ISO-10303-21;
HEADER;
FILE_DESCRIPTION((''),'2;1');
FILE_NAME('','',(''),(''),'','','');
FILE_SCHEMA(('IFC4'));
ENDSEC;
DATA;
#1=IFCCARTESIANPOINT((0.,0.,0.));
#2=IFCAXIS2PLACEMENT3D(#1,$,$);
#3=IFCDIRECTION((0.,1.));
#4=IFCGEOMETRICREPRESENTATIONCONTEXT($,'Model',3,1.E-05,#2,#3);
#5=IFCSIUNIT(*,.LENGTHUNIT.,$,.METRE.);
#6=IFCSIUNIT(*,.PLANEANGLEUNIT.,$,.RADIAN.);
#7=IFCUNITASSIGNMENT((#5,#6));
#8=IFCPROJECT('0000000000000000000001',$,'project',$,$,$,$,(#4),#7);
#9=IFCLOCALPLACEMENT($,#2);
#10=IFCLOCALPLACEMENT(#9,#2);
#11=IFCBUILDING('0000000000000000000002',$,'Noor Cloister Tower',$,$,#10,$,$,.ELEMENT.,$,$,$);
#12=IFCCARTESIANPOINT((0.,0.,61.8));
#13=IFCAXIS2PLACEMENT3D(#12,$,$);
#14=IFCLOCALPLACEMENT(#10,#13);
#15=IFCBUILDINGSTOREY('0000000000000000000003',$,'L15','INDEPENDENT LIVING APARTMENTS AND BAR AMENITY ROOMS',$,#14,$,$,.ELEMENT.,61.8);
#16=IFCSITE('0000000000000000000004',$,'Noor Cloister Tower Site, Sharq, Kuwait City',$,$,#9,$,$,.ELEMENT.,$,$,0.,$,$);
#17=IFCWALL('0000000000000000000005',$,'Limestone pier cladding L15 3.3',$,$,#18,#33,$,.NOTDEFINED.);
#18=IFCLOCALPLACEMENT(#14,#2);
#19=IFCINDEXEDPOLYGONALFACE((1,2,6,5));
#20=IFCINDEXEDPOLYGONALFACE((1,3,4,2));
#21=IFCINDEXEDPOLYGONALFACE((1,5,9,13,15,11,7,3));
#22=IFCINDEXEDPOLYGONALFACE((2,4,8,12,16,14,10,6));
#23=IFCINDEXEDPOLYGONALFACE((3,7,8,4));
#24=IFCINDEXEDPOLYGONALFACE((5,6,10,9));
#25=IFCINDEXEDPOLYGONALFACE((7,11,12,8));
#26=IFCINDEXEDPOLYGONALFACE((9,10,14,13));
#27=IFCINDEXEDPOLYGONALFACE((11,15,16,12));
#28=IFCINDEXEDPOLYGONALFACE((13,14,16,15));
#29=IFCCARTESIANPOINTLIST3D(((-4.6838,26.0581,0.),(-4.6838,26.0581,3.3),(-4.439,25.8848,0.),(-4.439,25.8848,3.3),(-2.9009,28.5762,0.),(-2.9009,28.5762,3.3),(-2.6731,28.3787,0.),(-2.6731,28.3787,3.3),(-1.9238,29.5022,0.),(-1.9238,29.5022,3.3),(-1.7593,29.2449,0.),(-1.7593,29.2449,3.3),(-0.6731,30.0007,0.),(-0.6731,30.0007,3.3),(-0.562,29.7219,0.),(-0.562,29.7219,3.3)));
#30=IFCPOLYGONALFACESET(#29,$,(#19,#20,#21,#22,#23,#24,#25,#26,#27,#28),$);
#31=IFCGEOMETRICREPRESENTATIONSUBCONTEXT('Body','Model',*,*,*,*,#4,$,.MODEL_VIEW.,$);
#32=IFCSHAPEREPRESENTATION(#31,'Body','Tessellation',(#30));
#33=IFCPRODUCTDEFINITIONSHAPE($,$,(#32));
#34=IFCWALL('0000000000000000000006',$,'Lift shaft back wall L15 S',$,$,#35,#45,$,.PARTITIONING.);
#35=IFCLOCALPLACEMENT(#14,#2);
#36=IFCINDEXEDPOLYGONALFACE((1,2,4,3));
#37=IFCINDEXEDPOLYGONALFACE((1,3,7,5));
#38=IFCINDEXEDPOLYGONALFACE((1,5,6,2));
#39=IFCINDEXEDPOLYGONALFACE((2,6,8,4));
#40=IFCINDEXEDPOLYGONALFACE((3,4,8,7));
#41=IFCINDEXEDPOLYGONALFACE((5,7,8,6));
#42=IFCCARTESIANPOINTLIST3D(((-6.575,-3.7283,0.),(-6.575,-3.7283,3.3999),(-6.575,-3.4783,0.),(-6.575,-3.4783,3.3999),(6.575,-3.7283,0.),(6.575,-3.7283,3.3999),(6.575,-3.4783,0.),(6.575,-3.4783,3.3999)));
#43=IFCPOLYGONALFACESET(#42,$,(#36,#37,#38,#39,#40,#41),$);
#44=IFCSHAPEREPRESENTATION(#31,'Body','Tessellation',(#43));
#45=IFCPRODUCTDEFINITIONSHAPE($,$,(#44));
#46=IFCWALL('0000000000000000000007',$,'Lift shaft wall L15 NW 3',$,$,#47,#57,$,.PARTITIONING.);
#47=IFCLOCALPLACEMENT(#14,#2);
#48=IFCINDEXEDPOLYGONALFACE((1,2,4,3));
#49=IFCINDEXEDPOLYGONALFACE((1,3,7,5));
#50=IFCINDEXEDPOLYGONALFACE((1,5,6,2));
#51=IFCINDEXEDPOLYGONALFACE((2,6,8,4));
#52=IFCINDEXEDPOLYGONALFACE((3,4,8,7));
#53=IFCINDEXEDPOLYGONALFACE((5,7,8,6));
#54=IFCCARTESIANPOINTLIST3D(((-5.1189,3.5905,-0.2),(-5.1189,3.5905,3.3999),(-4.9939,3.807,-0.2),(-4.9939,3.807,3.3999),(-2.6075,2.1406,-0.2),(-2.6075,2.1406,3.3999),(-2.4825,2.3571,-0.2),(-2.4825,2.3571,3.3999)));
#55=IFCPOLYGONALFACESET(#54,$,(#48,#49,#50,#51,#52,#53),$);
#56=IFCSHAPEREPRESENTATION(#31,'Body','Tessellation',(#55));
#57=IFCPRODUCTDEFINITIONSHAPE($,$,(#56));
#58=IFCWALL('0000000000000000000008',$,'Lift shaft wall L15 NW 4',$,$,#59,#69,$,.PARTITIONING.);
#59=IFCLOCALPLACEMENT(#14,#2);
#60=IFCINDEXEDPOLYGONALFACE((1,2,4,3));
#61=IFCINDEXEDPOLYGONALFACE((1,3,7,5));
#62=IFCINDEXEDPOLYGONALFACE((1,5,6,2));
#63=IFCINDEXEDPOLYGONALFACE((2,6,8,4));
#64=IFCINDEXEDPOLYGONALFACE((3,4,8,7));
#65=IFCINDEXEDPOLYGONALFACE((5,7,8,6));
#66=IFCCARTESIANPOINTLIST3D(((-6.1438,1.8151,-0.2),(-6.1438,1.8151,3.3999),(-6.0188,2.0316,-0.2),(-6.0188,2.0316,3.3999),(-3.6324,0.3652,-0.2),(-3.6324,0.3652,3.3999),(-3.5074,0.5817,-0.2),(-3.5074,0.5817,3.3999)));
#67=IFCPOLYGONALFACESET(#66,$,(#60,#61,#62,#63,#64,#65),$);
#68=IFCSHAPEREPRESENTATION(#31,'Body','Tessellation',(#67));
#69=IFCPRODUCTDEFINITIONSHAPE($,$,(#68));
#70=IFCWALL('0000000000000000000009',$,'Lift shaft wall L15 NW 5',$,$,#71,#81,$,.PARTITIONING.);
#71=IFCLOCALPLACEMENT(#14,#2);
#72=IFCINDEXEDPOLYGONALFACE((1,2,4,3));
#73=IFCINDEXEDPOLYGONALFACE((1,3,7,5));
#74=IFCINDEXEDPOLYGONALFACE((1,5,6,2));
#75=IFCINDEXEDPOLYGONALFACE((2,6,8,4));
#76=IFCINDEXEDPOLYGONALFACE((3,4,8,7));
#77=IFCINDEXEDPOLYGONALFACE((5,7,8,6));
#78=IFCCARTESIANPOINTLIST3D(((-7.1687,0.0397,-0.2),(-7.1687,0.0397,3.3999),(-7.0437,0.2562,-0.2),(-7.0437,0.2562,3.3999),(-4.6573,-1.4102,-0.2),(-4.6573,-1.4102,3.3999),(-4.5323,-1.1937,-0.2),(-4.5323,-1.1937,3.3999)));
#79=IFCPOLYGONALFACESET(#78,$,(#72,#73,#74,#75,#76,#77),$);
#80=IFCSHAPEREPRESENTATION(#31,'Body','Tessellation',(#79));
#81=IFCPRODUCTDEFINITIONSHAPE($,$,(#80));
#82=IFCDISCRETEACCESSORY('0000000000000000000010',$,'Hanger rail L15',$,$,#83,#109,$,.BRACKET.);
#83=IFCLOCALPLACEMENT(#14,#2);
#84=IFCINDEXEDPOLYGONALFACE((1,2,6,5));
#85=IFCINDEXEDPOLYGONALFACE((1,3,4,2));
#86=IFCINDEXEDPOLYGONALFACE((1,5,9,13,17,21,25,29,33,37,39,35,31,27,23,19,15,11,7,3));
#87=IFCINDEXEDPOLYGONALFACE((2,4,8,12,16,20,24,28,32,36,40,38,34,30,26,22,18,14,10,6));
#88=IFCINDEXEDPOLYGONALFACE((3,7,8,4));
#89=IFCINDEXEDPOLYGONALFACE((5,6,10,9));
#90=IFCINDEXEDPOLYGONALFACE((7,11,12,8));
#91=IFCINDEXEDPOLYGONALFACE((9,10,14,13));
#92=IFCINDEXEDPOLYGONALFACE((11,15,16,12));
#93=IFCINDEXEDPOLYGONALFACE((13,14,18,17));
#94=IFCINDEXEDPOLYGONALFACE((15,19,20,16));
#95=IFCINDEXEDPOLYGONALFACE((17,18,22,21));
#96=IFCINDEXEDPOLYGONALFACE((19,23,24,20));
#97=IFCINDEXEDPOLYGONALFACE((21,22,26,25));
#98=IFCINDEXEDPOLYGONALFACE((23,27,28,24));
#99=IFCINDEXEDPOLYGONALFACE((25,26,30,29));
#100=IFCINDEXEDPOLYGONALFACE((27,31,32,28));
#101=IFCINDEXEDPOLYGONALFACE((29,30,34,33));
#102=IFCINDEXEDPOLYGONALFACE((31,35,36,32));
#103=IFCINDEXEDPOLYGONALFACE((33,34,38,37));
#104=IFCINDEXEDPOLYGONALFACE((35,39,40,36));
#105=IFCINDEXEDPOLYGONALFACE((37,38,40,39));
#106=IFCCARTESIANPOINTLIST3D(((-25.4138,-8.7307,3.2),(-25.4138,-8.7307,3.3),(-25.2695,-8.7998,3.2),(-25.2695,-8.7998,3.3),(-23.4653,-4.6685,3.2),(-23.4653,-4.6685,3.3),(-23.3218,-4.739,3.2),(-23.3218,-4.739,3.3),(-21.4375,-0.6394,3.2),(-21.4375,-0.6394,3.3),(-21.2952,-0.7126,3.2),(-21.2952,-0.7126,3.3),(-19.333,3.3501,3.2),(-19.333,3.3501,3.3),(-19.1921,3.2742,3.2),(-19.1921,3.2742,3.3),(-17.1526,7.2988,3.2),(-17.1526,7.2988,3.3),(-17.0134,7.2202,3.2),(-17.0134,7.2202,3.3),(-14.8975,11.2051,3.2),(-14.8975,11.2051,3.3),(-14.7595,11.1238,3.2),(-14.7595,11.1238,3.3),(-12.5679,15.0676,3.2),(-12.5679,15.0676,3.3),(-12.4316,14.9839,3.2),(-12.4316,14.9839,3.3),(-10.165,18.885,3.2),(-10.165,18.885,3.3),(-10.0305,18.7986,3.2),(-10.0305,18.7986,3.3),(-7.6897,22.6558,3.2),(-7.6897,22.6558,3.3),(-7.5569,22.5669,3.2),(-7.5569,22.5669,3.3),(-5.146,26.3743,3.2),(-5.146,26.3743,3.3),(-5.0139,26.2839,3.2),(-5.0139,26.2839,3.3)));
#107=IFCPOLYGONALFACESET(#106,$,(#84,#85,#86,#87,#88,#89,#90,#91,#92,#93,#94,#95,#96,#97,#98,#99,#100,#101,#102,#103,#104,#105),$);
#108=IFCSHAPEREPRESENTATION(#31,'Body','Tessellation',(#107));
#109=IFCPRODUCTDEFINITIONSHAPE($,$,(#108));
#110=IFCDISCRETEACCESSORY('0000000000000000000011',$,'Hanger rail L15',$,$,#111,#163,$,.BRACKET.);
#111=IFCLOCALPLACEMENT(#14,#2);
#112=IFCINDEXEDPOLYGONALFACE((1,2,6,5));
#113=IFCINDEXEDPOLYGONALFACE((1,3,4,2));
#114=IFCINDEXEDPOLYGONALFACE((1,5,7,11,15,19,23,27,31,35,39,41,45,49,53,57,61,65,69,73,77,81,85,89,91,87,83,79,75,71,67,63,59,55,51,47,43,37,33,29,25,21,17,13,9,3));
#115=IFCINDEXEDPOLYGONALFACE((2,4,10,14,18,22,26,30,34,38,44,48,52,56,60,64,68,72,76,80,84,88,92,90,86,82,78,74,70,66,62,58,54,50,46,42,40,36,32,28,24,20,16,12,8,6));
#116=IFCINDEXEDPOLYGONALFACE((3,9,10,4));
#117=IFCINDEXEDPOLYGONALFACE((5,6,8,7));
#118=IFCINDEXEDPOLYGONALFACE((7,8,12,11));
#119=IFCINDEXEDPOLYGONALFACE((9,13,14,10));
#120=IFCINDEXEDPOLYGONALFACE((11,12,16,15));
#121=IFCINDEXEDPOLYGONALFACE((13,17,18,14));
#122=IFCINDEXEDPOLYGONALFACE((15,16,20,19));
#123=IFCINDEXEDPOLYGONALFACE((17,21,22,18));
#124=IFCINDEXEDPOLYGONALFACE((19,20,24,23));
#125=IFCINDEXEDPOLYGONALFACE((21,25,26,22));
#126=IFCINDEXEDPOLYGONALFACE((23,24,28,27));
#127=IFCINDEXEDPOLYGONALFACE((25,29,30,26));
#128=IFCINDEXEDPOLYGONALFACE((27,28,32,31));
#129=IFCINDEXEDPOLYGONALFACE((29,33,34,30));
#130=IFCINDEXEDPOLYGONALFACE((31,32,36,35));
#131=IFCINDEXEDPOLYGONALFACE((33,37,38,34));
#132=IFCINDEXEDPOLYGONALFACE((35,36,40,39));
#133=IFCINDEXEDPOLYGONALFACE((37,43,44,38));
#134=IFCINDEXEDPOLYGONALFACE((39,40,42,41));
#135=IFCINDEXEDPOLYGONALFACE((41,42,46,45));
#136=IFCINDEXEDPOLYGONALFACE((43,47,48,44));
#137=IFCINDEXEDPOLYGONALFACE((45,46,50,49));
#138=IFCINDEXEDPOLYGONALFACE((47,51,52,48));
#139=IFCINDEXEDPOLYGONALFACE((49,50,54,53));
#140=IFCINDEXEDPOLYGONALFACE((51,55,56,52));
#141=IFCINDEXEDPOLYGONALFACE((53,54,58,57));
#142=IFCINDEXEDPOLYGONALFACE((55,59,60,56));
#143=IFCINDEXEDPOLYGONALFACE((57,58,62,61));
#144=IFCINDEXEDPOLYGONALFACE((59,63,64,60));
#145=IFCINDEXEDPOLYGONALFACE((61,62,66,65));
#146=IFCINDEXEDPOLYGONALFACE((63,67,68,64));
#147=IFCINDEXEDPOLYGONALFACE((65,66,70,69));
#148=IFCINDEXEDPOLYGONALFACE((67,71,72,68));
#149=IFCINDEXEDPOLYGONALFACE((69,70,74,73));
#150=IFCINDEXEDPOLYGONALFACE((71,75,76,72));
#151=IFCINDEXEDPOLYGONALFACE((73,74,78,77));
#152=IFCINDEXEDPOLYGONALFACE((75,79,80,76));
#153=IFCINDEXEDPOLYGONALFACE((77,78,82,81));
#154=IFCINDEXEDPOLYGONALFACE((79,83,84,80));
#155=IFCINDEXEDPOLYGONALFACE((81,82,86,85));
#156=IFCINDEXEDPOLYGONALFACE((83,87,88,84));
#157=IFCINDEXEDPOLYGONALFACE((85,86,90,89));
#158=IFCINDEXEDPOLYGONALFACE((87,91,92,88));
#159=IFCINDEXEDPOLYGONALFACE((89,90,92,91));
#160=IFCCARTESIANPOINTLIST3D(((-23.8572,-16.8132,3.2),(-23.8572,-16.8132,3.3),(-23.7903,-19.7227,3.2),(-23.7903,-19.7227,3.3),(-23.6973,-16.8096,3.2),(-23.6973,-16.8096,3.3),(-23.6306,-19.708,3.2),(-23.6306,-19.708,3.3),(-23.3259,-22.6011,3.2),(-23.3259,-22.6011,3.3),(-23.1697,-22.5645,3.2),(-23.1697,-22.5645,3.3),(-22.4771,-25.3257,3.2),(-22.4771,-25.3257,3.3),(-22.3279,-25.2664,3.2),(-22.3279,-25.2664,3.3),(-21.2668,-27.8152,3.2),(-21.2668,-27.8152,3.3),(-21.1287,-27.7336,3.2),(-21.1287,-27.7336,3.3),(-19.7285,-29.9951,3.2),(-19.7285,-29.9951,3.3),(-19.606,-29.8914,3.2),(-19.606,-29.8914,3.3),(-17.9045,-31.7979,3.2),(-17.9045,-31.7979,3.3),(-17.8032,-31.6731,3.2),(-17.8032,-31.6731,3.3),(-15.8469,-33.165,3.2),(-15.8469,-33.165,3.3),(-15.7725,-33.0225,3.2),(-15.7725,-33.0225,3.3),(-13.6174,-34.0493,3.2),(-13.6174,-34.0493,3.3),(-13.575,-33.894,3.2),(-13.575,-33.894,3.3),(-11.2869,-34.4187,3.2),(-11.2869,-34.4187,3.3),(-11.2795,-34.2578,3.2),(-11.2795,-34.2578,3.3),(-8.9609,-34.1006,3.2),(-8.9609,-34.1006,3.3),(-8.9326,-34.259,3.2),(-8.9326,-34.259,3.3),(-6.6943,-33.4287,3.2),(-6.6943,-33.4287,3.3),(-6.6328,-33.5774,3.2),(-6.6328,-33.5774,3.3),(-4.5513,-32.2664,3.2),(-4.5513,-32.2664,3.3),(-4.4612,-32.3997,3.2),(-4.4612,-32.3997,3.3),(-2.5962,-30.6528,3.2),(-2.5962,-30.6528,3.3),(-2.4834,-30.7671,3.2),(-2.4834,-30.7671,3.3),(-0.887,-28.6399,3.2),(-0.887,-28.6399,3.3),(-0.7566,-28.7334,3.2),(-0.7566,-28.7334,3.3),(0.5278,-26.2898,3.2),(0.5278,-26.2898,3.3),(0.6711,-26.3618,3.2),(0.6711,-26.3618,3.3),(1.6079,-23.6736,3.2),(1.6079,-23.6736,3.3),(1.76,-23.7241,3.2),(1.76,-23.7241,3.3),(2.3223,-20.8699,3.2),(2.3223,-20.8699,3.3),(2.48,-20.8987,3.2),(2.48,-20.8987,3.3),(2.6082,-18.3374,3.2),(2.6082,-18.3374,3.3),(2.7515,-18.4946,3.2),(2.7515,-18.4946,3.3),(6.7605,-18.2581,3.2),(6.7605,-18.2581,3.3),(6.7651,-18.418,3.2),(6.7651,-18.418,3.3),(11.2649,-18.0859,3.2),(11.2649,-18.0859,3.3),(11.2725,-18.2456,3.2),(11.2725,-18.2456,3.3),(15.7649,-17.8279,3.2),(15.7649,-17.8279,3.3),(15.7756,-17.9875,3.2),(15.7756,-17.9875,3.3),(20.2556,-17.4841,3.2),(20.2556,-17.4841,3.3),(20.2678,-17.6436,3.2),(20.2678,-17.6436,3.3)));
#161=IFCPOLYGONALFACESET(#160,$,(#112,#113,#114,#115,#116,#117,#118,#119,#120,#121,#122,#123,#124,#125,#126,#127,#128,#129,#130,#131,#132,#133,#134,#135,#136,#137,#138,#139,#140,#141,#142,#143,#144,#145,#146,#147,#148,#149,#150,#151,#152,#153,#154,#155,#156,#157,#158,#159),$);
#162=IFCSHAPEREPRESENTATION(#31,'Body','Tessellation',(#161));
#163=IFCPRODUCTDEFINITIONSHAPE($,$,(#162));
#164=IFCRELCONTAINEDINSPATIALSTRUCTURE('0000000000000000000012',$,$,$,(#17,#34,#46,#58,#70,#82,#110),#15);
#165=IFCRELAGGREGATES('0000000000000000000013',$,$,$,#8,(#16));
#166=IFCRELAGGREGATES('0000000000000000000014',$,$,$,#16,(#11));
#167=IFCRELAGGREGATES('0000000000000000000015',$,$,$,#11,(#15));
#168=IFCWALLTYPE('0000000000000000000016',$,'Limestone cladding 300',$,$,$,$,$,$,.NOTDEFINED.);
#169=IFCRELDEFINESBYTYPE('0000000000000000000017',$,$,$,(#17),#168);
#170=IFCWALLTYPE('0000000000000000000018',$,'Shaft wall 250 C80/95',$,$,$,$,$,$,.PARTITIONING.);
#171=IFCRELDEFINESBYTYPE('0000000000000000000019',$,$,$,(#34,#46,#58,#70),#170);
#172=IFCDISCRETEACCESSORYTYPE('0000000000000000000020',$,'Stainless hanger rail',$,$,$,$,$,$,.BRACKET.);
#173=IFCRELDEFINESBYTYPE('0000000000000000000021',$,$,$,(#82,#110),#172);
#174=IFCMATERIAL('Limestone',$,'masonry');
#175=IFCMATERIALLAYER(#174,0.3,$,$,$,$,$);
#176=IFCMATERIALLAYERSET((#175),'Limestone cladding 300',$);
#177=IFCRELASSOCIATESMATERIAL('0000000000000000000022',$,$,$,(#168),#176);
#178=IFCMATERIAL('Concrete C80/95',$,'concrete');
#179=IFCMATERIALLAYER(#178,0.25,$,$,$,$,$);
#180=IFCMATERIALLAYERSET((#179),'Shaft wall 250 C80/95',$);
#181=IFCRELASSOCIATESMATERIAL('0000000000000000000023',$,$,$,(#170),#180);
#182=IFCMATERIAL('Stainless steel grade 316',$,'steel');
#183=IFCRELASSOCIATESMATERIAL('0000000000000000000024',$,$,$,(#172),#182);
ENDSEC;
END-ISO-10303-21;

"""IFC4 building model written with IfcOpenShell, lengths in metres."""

from ifc_helpers import new_model, si_unit, direction, frame, frame_2d, origin, place, context, subcontext, project, spatial, polyline, rectangle, outline, extrude, material, layer, layer_set, type_object, element, save


model = new_model("IFC4")

# Units and contexts
model_context = context("Model", 3, precision=1e-05, world=origin(), true_north=direction((0.0, 1.0)))
body_context = subcontext(model_context, "Body", "Model", "MODEL_VIEW")
ifc_project = project(units=[si_unit("LENGTHUNIT", "METRE"), si_unit("PLANEANGLEUNIT", "RADIAN")], contexts=[model_context])

# Site, building, storey
site_placement = place(None, origin())
site = spatial("IfcSite", under=ifc_project, at=site_placement, Name="Noor Cloister Tower Site, Sharq, Kuwait City", CompositionType="ELEMENT", RefElevation=0.0)
building_placement = place(site_placement, origin())
building = spatial("IfcBuilding", under=site, at=building_placement, Name="Noor Cloister Tower", CompositionType="ELEMENT")
storey_placement = place(building_placement, frame((0.0, 0.0, 61.8)))
storey = spatial("IfcBuildingStorey", under=building, at=storey_placement, Name="L15", Description="INDEPENDENT LIVING APARTMENTS AND BAR AMENITY ROOMS", CompositionType="ELEMENT", Elevation=61.8)

# Walls
ifc_material_1 = material(Name="Limestone", Category="masonry")
ifc_layer_1 = layer(ifc_material_1, 0.3)
ifc_layer_set_1 = layer_set([ifc_layer_1], Name="Limestone cladding 300")
wall_type_1 = type_object("IfcWallType", Name="Limestone cladding 300", PredefinedType="NOTDEFINED", material=ifc_layer_set_1)
wall_1_placement = place(storey_placement, origin())
element("IfcWall", 1, at=wall_1_placement, inside=storey, type_object=wall_type_1, Name="Limestone pier cladding L15 3.3", PredefinedType="NOTDEFINED", context=body_context, shape_type="SweptSolid", body=[
    extrude(outline(polyline([(-0.6731, 30.0007), (-1.9238, 29.5022), (-2.9009, 28.5762), (-4.6838, 26.0581), (-4.439, 25.8848), (-2.6731, 28.3787), (-1.7593, 29.2449), (-0.562, 29.7219), (-0.6731, 30.0007)])), origin(), (0.0, 0.0, 1.0), 3.3),
])
ifc_material_2 = material(Name="Concrete C80/95", Category="concrete")
ifc_layer_2 = layer(ifc_material_2, 0.25)
ifc_layer_set_2 = layer_set([ifc_layer_2], Name="Shaft wall 250 C80/95")
wall_type_2 = type_object("IfcWallType", Name="Shaft wall 250 C80/95", PredefinedType="PARTITIONING", material=ifc_layer_set_2)
wall_2_placement = place(storey_placement, frame((-6.575, -3.6033, 0.0), z_axis=(0.0, 0.0, 1.0), x_axis=(1.0, 0.0, 0.0)))
element("IfcWall", 2, at=wall_2_placement, inside=storey, type_object=wall_type_2, Name="Lift shaft back wall L15 S", PredefinedType="PARTITIONING", context=body_context, shape_type="SweptSolid", body=[
    extrude(rectangle(XDim=13.1499, YDim=0.25, at=frame_2d((6.575, 0.0))), origin(), (0.0, 0.0, 1.0), 3.3999),
])
for number, where, z_axis, x_axis, name in (
    (3, (-5.0564, 3.6987, -0.2), (0.0, 0.0, 1.0), (0.866033, -0.499987, 0.0), "Lift shaft wall L15 NW 3"),
    (4, (-6.0813, 1.9233, -0.2), (0.0, 0.0, 1.0), (0.866033, -0.499987, 0.0), "Lift shaft wall L15 NW 4"),
    (5, (-7.1062, 0.1479, -0.2), (0.0, 0.0, 1.0), (0.866033, -0.499987, 0.0), "Lift shaft wall L15 NW 5"),
):
    element("IfcWall", number, at=place(storey_placement, frame(where, z_axis=z_axis, x_axis=x_axis)), inside=storey, type_object=wall_type_2, Name=name, PredefinedType="PARTITIONING", context=body_context, shape_type="SweptSolid", body=[
        extrude(rectangle(XDim=2.8999, YDim=0.25, at=frame_2d((1.45, 0.0))), origin(), (0.0, 0.0, 1.0), 3.5999),
    ])

# Discrete accessories
ifc_material_3 = material(Name="Stainless steel grade 316", Category="steel")
discrete_accessory_type = type_object("IfcDiscreteAccessoryType", Name="Stainless hanger rail", PredefinedType="BRACKET", material=ifc_material_3)
discrete_accessory_1_placement = place(storey_placement, frame((0.0, 0.0, 3.2)))
element("IfcDiscreteAccessory", 6, at=discrete_accessory_1_placement, inside=storey, type_object=discrete_accessory_type, Name="Hanger rail L15", PredefinedType="BRACKET", context=body_context, shape_type="SweptSolid", body=[
    extrude(outline(polyline([(-5.146, 26.3743), (-7.6897, 22.6558), (-10.165, 18.885), (-12.5679, 15.0676), (-14.8975, 11.2051), (-17.1526, 7.2988), (-19.333, 3.3501), (-21.4375, -0.6394), (-23.4653, -4.6685), (-25.4138, -8.7307), (-25.2695, -8.7998), (-23.3218, -4.739), (-21.2952, -0.7126), (-19.1921, 3.2742), (-17.0134, 7.2202), (-14.7595, 11.1238), (-12.4316, 14.9839), (-10.0305, 18.7986), (-7.5569, 22.5669), (-5.0139, 26.2839), (-5.146, 26.3743)])), origin(), (0.0, 0.0, 1.0), 0.1001),
])
discrete_accessory_2_placement = place(storey_placement, frame((0.0, 0.0, 3.2)))
element("IfcDiscreteAccessory", 7, at=discrete_accessory_2_placement, inside=storey, type_object=discrete_accessory_type, Name="Hanger rail L15", PredefinedType="BRACKET", context=body_context, shape_type="SweptSolid", body=[
    extrude(outline(polyline([(-23.8572, -16.8132), (-23.7903, -19.7227), (-23.3259, -22.6011), (-22.4771, -25.3257), (-21.2668, -27.8152), (-19.7285, -29.9951), (-17.9045, -31.7979), (-15.8469, -33.165), (-13.6174, -34.0493), (-11.2869, -34.4187), (-8.9326, -34.259), (-6.6328, -33.5774), (-4.4612, -32.3997), (-2.4834, -30.7671), (-0.7566, -28.7334), (0.6711, -26.3618), (1.76, -23.7241), (2.48, -20.8987), (2.7515, -18.4946), (6.7651, -18.418), (11.2725, -18.2456), (15.7756, -17.9875), (20.2678, -17.6436), (20.2556, -17.4841), (15.7649, -17.8279), (11.2649, -18.0859), (6.7605, -18.2581), (2.6082, -18.3374), (2.3223, -20.8699), (1.6079, -23.6736), (0.5278, -26.2898), (-0.887, -28.6399), (-2.5962, -30.6528), (-4.5513, -32.2664), (-6.6943, -33.4287), (-8.9609, -34.1006), (-11.2795, -34.2578), (-13.575, -33.894), (-15.7725, -33.0225), (-17.8032, -31.6731), (-19.606, -29.8914), (-21.1287, -27.7336), (-22.3279, -25.2664), (-23.1697, -22.5645), (-23.6306, -19.708), (-23.6973, -16.8096), (-23.8572, -16.8132)])), origin(), (0.0, 0.0, 1.0), 0.1001),
])

save(model, "model.ifc")
